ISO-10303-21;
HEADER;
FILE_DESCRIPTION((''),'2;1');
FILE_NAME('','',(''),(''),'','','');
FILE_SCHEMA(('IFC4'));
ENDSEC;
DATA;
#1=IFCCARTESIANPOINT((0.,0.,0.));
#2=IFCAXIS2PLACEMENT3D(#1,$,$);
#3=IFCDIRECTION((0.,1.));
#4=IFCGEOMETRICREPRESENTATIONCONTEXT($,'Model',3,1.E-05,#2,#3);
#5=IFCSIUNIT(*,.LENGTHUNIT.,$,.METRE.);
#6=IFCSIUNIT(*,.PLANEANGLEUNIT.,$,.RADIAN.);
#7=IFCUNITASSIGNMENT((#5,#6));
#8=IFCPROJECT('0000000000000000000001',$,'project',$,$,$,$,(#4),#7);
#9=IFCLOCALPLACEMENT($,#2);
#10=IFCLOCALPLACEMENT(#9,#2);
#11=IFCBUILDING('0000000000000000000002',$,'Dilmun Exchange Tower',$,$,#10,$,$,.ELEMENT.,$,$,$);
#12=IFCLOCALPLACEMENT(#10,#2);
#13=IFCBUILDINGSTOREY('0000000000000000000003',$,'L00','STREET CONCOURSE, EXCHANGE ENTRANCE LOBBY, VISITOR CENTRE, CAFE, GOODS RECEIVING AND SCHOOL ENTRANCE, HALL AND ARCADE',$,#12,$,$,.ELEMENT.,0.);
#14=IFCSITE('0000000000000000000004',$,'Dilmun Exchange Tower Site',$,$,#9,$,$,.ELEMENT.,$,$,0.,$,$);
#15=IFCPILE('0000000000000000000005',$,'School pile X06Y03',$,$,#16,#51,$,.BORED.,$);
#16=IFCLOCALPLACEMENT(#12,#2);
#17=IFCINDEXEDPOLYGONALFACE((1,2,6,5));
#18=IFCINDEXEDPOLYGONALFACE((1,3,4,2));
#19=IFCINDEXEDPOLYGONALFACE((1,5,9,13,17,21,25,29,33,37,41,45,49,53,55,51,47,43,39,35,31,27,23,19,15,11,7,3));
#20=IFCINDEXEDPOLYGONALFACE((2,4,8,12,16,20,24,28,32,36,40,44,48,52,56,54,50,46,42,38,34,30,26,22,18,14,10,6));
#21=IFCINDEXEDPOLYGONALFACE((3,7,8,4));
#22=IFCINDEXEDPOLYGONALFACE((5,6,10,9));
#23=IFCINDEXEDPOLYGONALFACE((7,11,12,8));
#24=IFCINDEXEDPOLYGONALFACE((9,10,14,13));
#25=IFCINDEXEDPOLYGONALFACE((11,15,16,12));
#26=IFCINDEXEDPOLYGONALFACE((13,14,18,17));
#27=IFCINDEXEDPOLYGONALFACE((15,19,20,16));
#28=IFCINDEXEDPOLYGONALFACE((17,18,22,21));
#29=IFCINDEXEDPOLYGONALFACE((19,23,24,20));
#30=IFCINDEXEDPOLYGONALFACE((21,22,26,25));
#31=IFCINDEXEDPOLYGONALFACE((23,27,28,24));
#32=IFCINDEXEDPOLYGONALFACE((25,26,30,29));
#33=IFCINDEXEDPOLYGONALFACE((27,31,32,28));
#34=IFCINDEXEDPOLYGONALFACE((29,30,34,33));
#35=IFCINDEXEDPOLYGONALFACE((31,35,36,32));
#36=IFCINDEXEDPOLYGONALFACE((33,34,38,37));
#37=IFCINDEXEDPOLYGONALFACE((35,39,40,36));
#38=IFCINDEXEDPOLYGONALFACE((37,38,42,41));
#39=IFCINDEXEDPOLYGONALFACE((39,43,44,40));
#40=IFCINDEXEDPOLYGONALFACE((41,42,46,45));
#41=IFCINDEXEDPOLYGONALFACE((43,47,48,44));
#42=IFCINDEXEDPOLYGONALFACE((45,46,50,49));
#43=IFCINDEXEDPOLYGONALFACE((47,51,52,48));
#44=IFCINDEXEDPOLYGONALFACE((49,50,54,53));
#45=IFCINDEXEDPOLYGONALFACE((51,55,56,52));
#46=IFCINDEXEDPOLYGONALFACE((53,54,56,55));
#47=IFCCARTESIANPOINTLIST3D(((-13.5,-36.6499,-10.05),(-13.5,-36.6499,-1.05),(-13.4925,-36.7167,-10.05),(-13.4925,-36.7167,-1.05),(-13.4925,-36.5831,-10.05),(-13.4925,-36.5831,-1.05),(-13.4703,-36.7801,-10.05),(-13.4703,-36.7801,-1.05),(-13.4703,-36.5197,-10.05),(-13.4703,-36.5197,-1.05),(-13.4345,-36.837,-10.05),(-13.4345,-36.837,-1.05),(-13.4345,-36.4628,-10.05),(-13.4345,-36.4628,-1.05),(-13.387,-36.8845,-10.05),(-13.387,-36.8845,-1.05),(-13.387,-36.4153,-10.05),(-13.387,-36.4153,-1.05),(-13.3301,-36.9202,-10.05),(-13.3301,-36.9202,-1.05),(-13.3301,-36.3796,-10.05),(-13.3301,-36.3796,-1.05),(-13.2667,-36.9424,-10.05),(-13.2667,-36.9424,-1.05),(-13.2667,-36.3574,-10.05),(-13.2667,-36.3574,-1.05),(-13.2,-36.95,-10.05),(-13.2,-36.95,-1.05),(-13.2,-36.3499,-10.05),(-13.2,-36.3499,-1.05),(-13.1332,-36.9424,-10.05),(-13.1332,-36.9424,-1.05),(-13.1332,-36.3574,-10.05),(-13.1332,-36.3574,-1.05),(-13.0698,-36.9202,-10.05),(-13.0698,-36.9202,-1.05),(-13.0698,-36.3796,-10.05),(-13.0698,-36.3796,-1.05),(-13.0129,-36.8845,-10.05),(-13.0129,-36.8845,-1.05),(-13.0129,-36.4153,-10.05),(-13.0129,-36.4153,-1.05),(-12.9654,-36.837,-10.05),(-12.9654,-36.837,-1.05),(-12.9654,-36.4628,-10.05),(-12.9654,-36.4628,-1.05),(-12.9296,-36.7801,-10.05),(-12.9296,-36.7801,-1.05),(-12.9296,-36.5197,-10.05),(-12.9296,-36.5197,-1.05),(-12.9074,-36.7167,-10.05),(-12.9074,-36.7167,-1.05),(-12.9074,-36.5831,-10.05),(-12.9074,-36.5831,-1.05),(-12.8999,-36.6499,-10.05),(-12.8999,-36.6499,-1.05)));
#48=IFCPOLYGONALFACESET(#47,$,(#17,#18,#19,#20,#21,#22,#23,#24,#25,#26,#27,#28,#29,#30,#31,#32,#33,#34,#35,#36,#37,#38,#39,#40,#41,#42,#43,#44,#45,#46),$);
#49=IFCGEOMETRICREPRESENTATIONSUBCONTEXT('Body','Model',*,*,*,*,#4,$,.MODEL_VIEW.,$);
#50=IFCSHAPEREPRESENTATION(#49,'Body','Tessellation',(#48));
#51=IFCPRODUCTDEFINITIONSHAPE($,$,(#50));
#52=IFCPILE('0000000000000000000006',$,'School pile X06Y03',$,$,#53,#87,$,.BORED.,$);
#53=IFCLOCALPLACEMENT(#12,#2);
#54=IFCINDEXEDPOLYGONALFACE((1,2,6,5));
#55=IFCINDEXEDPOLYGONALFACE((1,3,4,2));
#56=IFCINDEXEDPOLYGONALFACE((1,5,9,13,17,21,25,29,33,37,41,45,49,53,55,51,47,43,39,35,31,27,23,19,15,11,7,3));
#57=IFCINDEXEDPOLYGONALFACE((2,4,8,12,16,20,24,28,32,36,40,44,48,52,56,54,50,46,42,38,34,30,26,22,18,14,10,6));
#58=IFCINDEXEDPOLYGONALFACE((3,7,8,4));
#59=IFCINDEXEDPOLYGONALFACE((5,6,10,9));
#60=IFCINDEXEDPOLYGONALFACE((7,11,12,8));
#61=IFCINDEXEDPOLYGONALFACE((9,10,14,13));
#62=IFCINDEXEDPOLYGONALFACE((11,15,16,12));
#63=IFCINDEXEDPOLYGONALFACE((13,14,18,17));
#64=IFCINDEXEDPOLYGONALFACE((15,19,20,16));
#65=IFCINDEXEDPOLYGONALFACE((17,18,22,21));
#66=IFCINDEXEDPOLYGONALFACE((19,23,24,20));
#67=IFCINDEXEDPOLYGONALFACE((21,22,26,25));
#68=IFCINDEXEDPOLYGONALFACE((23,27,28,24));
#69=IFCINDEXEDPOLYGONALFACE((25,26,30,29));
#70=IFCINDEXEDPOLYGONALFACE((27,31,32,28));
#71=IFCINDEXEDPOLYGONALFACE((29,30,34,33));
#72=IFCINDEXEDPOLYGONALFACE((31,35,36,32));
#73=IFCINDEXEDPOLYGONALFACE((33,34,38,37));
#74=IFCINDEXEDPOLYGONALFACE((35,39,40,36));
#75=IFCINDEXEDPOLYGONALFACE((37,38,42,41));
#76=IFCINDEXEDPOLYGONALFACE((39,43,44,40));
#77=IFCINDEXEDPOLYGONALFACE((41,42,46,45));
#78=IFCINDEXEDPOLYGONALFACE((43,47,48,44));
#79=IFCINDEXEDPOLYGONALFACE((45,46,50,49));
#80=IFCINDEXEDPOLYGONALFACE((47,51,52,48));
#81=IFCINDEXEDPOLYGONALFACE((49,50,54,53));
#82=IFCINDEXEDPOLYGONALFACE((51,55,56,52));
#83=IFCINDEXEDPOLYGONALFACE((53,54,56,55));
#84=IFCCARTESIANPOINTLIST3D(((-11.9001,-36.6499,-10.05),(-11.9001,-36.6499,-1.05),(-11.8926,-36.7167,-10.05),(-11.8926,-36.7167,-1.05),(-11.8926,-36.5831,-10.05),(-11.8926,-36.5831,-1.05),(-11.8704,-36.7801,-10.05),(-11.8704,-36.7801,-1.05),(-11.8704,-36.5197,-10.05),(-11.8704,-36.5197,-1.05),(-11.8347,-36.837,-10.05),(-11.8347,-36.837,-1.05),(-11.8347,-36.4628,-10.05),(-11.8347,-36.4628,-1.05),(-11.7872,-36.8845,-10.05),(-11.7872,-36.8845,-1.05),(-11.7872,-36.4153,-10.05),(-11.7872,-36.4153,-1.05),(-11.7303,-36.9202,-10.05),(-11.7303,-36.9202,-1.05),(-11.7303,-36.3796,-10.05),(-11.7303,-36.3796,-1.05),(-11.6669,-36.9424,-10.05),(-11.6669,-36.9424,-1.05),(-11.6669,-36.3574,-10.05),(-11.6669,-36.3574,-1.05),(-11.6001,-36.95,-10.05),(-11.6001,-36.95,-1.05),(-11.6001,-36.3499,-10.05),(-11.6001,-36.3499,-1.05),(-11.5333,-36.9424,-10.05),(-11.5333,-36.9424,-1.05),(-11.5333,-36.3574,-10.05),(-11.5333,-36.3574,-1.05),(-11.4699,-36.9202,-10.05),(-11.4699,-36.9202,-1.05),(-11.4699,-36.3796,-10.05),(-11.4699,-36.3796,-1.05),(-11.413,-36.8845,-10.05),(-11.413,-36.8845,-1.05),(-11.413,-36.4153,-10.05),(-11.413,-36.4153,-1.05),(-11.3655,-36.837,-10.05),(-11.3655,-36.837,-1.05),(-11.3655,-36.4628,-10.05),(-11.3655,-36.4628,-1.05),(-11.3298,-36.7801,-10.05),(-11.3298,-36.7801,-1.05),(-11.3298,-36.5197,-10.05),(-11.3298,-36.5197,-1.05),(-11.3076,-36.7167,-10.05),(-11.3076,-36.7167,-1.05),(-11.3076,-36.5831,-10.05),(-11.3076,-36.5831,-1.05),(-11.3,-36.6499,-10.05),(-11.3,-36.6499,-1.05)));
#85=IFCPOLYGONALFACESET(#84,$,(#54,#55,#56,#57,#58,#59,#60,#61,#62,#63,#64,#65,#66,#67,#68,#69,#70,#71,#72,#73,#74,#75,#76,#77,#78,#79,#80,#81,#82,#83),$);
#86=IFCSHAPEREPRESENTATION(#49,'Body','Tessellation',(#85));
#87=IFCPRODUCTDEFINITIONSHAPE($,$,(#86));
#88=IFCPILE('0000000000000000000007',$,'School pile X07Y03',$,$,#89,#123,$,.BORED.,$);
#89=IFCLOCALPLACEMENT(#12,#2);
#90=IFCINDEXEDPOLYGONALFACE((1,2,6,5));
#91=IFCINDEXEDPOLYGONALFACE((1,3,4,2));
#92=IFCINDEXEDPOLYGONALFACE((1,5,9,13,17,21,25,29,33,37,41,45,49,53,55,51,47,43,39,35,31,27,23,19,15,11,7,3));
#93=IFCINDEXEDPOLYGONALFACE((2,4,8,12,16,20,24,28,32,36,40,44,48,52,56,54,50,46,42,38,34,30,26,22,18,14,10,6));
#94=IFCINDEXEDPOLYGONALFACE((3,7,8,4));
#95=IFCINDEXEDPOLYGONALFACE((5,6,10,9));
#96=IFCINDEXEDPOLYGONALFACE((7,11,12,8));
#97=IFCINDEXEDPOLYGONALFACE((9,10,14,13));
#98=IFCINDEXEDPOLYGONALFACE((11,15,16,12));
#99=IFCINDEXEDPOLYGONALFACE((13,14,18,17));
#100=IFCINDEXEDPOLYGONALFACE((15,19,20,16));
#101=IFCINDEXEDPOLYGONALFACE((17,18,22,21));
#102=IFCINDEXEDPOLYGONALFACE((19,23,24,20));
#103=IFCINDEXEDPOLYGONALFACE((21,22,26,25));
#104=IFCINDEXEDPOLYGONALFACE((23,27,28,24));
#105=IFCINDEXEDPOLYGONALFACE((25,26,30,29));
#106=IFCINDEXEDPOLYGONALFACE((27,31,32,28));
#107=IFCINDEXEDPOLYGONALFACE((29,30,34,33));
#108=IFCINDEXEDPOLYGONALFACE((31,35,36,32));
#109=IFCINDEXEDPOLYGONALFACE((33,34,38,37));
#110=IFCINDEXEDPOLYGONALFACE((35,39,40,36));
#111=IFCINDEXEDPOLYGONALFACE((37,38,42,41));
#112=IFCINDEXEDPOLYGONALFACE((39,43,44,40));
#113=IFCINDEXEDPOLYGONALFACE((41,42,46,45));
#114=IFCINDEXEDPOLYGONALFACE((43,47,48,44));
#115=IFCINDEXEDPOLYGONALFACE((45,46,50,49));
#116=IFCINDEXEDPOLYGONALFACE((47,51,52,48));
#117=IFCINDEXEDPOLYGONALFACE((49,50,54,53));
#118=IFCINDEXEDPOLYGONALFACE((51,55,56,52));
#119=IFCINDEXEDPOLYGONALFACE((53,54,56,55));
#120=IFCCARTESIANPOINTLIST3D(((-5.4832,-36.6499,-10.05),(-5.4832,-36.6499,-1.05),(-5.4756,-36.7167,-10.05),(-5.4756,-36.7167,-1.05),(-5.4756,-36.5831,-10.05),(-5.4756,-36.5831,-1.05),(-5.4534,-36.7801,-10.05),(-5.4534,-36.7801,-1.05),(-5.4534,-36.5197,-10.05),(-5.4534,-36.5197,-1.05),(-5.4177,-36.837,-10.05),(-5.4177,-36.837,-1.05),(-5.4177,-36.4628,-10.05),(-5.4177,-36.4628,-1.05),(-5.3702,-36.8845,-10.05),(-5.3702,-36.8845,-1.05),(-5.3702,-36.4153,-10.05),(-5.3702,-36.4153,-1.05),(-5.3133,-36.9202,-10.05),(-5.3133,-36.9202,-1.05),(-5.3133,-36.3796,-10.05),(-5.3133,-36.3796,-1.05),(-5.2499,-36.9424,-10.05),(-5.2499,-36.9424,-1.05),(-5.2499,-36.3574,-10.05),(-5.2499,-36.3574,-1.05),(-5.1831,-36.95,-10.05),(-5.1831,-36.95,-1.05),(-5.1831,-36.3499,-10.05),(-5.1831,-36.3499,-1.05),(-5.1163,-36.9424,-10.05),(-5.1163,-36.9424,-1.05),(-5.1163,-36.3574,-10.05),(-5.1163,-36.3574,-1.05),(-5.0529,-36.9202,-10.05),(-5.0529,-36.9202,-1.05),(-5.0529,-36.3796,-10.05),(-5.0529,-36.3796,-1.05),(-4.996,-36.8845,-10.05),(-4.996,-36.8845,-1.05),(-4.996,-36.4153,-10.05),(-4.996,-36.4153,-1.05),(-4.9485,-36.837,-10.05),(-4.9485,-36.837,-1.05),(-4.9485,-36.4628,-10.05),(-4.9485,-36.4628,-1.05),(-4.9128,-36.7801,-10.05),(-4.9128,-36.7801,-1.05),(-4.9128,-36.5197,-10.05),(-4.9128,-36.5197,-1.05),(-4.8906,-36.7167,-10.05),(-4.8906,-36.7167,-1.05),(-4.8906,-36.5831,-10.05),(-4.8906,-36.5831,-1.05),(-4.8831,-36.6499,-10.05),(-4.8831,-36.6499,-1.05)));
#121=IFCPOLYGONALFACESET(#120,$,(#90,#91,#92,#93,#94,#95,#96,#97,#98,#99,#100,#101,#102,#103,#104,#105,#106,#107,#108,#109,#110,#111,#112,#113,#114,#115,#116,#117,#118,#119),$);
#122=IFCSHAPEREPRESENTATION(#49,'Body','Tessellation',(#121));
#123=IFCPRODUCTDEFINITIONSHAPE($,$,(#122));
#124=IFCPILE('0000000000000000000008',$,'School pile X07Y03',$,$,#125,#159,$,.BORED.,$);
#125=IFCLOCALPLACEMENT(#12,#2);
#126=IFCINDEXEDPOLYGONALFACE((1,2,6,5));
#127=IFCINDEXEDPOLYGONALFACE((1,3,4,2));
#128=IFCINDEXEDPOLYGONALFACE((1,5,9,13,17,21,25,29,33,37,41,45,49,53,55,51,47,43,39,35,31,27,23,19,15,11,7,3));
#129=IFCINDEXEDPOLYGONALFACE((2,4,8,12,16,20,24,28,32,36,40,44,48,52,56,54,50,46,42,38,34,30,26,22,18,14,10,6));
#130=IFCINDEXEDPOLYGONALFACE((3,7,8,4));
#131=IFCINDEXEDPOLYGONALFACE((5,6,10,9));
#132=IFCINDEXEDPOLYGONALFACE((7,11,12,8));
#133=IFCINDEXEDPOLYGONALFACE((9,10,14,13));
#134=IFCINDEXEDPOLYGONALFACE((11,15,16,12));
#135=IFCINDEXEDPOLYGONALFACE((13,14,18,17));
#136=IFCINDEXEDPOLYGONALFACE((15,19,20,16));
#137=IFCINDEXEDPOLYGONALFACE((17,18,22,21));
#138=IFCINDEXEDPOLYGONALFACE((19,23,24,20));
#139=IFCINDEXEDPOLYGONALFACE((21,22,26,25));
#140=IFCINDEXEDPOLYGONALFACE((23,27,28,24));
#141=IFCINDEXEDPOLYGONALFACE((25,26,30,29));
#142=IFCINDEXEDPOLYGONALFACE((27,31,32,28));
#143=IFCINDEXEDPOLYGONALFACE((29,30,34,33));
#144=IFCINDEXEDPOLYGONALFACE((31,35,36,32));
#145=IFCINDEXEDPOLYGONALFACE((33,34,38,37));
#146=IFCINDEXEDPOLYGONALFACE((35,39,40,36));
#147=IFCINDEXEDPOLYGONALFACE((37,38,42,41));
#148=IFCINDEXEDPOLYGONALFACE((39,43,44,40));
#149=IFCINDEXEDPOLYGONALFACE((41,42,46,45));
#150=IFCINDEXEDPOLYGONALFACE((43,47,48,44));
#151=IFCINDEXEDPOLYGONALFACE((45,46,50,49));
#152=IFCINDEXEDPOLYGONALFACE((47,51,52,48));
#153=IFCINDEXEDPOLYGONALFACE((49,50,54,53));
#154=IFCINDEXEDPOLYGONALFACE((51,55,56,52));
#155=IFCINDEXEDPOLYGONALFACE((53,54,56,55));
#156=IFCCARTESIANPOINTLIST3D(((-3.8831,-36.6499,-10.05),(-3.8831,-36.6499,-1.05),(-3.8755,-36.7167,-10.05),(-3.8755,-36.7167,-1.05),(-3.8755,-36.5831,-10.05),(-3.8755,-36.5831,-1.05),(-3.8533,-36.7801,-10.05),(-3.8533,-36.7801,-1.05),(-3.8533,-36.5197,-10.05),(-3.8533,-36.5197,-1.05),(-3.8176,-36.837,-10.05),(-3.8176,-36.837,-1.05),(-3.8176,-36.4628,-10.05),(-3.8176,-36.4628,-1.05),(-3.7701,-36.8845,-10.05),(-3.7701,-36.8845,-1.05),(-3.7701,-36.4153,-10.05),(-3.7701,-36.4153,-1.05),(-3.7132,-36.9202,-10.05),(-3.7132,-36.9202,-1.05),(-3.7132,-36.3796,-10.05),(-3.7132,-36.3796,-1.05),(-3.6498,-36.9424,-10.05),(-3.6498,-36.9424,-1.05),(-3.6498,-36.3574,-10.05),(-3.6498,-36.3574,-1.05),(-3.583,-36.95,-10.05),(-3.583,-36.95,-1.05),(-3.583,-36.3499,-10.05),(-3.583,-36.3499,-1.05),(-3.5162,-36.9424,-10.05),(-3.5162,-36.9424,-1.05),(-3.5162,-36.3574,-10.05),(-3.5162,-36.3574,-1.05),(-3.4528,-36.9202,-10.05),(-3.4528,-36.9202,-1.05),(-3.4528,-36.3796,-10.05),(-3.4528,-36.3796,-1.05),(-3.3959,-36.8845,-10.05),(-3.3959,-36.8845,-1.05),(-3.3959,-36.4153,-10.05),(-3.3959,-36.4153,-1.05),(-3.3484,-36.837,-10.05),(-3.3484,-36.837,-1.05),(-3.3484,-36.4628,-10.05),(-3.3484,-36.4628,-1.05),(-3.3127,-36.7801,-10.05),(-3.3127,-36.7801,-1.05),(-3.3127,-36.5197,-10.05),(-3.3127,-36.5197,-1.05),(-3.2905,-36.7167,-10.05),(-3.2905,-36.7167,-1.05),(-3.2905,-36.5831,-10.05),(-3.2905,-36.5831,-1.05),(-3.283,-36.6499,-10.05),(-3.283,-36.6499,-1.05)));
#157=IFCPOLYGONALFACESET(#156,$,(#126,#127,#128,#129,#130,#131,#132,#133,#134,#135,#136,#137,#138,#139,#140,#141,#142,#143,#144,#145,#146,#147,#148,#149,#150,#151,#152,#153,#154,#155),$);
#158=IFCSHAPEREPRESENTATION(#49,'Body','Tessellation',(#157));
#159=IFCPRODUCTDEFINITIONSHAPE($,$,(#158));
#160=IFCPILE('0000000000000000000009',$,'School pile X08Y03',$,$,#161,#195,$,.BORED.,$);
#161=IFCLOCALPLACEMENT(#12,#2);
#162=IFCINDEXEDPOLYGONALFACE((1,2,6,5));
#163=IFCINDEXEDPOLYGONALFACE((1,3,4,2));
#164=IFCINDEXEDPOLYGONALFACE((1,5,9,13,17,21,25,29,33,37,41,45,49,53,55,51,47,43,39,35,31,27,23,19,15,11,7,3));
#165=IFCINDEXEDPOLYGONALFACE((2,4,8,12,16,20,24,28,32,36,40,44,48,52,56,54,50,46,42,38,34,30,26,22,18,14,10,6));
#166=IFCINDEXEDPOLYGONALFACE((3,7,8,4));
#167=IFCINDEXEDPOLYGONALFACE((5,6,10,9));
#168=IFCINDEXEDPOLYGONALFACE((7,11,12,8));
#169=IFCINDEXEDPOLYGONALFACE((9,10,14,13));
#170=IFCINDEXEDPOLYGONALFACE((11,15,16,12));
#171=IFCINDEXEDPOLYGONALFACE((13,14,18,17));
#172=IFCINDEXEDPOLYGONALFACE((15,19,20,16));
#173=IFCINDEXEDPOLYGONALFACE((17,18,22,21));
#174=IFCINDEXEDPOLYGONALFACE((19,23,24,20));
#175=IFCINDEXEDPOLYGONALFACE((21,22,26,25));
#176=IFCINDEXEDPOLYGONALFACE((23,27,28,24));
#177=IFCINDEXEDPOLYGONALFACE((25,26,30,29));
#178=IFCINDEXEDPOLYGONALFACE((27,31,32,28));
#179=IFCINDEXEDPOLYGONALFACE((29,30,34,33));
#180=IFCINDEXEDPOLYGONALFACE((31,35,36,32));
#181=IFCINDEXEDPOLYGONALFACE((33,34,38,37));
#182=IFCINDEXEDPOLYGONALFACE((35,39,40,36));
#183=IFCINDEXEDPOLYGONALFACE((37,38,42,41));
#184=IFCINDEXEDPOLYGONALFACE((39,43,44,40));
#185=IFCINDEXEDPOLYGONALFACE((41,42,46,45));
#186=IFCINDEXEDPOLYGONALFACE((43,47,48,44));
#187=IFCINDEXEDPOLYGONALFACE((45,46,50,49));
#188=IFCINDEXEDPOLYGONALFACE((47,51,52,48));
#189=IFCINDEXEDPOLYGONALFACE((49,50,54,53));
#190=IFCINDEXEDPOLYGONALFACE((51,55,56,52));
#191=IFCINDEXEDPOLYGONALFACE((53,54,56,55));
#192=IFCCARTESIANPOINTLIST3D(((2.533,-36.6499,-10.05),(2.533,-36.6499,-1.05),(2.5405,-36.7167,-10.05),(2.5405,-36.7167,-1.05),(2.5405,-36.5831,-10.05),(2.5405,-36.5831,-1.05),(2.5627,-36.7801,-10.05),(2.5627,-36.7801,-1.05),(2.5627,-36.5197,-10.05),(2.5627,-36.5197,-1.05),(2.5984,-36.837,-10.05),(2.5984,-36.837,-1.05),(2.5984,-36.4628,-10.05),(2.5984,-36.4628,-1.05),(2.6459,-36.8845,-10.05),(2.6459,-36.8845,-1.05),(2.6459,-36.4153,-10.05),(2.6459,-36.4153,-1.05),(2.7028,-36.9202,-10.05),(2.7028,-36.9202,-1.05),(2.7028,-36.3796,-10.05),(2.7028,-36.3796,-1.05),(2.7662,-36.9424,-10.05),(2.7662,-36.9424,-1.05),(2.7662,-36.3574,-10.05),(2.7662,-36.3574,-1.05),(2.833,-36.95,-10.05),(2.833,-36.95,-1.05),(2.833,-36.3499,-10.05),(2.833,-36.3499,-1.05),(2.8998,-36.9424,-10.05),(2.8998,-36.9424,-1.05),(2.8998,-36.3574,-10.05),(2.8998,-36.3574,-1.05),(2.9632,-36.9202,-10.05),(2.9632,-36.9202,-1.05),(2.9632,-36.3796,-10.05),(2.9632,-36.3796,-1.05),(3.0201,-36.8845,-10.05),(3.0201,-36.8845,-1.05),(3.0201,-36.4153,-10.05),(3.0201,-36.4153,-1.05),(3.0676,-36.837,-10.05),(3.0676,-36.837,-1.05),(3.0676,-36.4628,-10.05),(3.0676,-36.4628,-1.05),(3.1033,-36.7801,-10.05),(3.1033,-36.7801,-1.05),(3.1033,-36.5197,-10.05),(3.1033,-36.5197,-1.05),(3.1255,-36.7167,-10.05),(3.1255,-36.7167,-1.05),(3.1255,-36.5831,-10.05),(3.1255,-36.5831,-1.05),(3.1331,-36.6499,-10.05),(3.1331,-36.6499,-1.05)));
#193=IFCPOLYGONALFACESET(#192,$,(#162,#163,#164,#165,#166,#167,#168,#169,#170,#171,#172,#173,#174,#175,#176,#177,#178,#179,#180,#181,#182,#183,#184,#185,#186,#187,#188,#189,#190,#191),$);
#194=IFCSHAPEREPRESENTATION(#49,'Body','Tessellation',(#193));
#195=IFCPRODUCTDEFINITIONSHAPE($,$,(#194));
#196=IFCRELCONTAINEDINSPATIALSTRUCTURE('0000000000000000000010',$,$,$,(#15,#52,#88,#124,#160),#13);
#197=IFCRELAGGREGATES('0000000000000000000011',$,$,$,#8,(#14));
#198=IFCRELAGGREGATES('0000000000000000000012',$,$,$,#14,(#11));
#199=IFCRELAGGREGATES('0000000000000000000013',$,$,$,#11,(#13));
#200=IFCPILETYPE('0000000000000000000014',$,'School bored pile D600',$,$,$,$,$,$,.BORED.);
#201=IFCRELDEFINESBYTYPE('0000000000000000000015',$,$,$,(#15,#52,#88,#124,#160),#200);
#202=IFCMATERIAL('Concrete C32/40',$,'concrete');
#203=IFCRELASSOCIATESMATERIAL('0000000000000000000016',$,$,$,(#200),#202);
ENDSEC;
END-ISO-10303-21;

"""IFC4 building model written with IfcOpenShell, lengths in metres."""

from ifc_helpers import new_model, si_unit, direction, frame, origin, origin_2d, place, context, subcontext, project, spatial, circle, extrude, material, material_profile, profile_set, type_object, element, save


model = new_model("IFC4")

# Units and contexts
model_context = context("Model", 3, precision=1e-05, world=origin(), true_north=direction((0.0, 1.0)))
body_context = subcontext(model_context, "Body", "Model", "MODEL_VIEW")
ifc_project = project(units=[si_unit("LENGTHUNIT", "METRE"), si_unit("PLANEANGLEUNIT", "RADIAN")], contexts=[model_context])

# Site, building, storey
site_placement = place(None, origin())
site = spatial("IfcSite", under=ifc_project, at=site_placement, Name="Dilmun Exchange Tower Site", CompositionType="ELEMENT", RefElevation=0.0)
building_placement = place(site_placement, origin())
building = spatial("IfcBuilding", under=site, at=building_placement, Name="Dilmun Exchange Tower", CompositionType="ELEMENT")
storey_placement = place(building_placement, origin())
storey = spatial("IfcBuildingStorey", under=building, at=storey_placement, Name="L00", Description="STREET CONCOURSE, EXCHANGE ENTRANCE LOBBY, VISITOR CENTRE, CAFE, GOODS RECEIVING AND SCHOOL ENTRANCE, HALL AND ARCADE", CompositionType="ELEMENT", Elevation=0.0)

# Piles
ifc_material_1 = material(Name="Concrete C32/40", Category="concrete")
ifc_material_profile_1 = material_profile(ifc_material_1, circle(Radius=0.3, at=origin_2d()), Name="D600")
ifc_profile_set_1 = profile_set([ifc_material_profile_1], Name="Concrete C32/40")
pile_type = type_object("IfcPileType", Name="School bored pile D600", PredefinedType="BORED", material=ifc_profile_set_1)
for number, where, z_axis, x_axis, name in (
    (1, (-13.2, -36.6499, -1.05), (0.0, 0.0, -1.0), (1.0, 0.0, 0.0), "School pile X06Y03"),
    (2, (-11.6001, -36.6499, -1.05), (0.0, 0.0, -1.0), (1.0, 0.0, 0.0), "School pile X06Y03"),
    (3, (-5.1831, -36.6499, -1.05), (0.0, 0.0, -1.0), (1.0, 0.0, 0.0), "School pile X07Y03"),
    (4, (-3.583, -36.6499, -1.05), (0.0, 0.0, -1.0), (1.0, 0.0, 0.0), "School pile X07Y03"),
    (5, (2.833, -36.6499, -1.05), (0.0, 0.0, -1.0), (1.0, 0.0, 0.0), "School pile X08Y03"),
):
    element("IfcPile", number, at=place(storey_placement, frame(where, z_axis=z_axis, x_axis=x_axis)), inside=storey, type_object=pile_type, Name=name, PredefinedType="BORED", context=body_context, shape_type="SweptSolid", body=[
        extrude(circle(Radius=0.3, at=origin_2d()), origin(), (0.0, 0.0, 1.0), 9.0),
    ])

save(model, "model.ifc")
